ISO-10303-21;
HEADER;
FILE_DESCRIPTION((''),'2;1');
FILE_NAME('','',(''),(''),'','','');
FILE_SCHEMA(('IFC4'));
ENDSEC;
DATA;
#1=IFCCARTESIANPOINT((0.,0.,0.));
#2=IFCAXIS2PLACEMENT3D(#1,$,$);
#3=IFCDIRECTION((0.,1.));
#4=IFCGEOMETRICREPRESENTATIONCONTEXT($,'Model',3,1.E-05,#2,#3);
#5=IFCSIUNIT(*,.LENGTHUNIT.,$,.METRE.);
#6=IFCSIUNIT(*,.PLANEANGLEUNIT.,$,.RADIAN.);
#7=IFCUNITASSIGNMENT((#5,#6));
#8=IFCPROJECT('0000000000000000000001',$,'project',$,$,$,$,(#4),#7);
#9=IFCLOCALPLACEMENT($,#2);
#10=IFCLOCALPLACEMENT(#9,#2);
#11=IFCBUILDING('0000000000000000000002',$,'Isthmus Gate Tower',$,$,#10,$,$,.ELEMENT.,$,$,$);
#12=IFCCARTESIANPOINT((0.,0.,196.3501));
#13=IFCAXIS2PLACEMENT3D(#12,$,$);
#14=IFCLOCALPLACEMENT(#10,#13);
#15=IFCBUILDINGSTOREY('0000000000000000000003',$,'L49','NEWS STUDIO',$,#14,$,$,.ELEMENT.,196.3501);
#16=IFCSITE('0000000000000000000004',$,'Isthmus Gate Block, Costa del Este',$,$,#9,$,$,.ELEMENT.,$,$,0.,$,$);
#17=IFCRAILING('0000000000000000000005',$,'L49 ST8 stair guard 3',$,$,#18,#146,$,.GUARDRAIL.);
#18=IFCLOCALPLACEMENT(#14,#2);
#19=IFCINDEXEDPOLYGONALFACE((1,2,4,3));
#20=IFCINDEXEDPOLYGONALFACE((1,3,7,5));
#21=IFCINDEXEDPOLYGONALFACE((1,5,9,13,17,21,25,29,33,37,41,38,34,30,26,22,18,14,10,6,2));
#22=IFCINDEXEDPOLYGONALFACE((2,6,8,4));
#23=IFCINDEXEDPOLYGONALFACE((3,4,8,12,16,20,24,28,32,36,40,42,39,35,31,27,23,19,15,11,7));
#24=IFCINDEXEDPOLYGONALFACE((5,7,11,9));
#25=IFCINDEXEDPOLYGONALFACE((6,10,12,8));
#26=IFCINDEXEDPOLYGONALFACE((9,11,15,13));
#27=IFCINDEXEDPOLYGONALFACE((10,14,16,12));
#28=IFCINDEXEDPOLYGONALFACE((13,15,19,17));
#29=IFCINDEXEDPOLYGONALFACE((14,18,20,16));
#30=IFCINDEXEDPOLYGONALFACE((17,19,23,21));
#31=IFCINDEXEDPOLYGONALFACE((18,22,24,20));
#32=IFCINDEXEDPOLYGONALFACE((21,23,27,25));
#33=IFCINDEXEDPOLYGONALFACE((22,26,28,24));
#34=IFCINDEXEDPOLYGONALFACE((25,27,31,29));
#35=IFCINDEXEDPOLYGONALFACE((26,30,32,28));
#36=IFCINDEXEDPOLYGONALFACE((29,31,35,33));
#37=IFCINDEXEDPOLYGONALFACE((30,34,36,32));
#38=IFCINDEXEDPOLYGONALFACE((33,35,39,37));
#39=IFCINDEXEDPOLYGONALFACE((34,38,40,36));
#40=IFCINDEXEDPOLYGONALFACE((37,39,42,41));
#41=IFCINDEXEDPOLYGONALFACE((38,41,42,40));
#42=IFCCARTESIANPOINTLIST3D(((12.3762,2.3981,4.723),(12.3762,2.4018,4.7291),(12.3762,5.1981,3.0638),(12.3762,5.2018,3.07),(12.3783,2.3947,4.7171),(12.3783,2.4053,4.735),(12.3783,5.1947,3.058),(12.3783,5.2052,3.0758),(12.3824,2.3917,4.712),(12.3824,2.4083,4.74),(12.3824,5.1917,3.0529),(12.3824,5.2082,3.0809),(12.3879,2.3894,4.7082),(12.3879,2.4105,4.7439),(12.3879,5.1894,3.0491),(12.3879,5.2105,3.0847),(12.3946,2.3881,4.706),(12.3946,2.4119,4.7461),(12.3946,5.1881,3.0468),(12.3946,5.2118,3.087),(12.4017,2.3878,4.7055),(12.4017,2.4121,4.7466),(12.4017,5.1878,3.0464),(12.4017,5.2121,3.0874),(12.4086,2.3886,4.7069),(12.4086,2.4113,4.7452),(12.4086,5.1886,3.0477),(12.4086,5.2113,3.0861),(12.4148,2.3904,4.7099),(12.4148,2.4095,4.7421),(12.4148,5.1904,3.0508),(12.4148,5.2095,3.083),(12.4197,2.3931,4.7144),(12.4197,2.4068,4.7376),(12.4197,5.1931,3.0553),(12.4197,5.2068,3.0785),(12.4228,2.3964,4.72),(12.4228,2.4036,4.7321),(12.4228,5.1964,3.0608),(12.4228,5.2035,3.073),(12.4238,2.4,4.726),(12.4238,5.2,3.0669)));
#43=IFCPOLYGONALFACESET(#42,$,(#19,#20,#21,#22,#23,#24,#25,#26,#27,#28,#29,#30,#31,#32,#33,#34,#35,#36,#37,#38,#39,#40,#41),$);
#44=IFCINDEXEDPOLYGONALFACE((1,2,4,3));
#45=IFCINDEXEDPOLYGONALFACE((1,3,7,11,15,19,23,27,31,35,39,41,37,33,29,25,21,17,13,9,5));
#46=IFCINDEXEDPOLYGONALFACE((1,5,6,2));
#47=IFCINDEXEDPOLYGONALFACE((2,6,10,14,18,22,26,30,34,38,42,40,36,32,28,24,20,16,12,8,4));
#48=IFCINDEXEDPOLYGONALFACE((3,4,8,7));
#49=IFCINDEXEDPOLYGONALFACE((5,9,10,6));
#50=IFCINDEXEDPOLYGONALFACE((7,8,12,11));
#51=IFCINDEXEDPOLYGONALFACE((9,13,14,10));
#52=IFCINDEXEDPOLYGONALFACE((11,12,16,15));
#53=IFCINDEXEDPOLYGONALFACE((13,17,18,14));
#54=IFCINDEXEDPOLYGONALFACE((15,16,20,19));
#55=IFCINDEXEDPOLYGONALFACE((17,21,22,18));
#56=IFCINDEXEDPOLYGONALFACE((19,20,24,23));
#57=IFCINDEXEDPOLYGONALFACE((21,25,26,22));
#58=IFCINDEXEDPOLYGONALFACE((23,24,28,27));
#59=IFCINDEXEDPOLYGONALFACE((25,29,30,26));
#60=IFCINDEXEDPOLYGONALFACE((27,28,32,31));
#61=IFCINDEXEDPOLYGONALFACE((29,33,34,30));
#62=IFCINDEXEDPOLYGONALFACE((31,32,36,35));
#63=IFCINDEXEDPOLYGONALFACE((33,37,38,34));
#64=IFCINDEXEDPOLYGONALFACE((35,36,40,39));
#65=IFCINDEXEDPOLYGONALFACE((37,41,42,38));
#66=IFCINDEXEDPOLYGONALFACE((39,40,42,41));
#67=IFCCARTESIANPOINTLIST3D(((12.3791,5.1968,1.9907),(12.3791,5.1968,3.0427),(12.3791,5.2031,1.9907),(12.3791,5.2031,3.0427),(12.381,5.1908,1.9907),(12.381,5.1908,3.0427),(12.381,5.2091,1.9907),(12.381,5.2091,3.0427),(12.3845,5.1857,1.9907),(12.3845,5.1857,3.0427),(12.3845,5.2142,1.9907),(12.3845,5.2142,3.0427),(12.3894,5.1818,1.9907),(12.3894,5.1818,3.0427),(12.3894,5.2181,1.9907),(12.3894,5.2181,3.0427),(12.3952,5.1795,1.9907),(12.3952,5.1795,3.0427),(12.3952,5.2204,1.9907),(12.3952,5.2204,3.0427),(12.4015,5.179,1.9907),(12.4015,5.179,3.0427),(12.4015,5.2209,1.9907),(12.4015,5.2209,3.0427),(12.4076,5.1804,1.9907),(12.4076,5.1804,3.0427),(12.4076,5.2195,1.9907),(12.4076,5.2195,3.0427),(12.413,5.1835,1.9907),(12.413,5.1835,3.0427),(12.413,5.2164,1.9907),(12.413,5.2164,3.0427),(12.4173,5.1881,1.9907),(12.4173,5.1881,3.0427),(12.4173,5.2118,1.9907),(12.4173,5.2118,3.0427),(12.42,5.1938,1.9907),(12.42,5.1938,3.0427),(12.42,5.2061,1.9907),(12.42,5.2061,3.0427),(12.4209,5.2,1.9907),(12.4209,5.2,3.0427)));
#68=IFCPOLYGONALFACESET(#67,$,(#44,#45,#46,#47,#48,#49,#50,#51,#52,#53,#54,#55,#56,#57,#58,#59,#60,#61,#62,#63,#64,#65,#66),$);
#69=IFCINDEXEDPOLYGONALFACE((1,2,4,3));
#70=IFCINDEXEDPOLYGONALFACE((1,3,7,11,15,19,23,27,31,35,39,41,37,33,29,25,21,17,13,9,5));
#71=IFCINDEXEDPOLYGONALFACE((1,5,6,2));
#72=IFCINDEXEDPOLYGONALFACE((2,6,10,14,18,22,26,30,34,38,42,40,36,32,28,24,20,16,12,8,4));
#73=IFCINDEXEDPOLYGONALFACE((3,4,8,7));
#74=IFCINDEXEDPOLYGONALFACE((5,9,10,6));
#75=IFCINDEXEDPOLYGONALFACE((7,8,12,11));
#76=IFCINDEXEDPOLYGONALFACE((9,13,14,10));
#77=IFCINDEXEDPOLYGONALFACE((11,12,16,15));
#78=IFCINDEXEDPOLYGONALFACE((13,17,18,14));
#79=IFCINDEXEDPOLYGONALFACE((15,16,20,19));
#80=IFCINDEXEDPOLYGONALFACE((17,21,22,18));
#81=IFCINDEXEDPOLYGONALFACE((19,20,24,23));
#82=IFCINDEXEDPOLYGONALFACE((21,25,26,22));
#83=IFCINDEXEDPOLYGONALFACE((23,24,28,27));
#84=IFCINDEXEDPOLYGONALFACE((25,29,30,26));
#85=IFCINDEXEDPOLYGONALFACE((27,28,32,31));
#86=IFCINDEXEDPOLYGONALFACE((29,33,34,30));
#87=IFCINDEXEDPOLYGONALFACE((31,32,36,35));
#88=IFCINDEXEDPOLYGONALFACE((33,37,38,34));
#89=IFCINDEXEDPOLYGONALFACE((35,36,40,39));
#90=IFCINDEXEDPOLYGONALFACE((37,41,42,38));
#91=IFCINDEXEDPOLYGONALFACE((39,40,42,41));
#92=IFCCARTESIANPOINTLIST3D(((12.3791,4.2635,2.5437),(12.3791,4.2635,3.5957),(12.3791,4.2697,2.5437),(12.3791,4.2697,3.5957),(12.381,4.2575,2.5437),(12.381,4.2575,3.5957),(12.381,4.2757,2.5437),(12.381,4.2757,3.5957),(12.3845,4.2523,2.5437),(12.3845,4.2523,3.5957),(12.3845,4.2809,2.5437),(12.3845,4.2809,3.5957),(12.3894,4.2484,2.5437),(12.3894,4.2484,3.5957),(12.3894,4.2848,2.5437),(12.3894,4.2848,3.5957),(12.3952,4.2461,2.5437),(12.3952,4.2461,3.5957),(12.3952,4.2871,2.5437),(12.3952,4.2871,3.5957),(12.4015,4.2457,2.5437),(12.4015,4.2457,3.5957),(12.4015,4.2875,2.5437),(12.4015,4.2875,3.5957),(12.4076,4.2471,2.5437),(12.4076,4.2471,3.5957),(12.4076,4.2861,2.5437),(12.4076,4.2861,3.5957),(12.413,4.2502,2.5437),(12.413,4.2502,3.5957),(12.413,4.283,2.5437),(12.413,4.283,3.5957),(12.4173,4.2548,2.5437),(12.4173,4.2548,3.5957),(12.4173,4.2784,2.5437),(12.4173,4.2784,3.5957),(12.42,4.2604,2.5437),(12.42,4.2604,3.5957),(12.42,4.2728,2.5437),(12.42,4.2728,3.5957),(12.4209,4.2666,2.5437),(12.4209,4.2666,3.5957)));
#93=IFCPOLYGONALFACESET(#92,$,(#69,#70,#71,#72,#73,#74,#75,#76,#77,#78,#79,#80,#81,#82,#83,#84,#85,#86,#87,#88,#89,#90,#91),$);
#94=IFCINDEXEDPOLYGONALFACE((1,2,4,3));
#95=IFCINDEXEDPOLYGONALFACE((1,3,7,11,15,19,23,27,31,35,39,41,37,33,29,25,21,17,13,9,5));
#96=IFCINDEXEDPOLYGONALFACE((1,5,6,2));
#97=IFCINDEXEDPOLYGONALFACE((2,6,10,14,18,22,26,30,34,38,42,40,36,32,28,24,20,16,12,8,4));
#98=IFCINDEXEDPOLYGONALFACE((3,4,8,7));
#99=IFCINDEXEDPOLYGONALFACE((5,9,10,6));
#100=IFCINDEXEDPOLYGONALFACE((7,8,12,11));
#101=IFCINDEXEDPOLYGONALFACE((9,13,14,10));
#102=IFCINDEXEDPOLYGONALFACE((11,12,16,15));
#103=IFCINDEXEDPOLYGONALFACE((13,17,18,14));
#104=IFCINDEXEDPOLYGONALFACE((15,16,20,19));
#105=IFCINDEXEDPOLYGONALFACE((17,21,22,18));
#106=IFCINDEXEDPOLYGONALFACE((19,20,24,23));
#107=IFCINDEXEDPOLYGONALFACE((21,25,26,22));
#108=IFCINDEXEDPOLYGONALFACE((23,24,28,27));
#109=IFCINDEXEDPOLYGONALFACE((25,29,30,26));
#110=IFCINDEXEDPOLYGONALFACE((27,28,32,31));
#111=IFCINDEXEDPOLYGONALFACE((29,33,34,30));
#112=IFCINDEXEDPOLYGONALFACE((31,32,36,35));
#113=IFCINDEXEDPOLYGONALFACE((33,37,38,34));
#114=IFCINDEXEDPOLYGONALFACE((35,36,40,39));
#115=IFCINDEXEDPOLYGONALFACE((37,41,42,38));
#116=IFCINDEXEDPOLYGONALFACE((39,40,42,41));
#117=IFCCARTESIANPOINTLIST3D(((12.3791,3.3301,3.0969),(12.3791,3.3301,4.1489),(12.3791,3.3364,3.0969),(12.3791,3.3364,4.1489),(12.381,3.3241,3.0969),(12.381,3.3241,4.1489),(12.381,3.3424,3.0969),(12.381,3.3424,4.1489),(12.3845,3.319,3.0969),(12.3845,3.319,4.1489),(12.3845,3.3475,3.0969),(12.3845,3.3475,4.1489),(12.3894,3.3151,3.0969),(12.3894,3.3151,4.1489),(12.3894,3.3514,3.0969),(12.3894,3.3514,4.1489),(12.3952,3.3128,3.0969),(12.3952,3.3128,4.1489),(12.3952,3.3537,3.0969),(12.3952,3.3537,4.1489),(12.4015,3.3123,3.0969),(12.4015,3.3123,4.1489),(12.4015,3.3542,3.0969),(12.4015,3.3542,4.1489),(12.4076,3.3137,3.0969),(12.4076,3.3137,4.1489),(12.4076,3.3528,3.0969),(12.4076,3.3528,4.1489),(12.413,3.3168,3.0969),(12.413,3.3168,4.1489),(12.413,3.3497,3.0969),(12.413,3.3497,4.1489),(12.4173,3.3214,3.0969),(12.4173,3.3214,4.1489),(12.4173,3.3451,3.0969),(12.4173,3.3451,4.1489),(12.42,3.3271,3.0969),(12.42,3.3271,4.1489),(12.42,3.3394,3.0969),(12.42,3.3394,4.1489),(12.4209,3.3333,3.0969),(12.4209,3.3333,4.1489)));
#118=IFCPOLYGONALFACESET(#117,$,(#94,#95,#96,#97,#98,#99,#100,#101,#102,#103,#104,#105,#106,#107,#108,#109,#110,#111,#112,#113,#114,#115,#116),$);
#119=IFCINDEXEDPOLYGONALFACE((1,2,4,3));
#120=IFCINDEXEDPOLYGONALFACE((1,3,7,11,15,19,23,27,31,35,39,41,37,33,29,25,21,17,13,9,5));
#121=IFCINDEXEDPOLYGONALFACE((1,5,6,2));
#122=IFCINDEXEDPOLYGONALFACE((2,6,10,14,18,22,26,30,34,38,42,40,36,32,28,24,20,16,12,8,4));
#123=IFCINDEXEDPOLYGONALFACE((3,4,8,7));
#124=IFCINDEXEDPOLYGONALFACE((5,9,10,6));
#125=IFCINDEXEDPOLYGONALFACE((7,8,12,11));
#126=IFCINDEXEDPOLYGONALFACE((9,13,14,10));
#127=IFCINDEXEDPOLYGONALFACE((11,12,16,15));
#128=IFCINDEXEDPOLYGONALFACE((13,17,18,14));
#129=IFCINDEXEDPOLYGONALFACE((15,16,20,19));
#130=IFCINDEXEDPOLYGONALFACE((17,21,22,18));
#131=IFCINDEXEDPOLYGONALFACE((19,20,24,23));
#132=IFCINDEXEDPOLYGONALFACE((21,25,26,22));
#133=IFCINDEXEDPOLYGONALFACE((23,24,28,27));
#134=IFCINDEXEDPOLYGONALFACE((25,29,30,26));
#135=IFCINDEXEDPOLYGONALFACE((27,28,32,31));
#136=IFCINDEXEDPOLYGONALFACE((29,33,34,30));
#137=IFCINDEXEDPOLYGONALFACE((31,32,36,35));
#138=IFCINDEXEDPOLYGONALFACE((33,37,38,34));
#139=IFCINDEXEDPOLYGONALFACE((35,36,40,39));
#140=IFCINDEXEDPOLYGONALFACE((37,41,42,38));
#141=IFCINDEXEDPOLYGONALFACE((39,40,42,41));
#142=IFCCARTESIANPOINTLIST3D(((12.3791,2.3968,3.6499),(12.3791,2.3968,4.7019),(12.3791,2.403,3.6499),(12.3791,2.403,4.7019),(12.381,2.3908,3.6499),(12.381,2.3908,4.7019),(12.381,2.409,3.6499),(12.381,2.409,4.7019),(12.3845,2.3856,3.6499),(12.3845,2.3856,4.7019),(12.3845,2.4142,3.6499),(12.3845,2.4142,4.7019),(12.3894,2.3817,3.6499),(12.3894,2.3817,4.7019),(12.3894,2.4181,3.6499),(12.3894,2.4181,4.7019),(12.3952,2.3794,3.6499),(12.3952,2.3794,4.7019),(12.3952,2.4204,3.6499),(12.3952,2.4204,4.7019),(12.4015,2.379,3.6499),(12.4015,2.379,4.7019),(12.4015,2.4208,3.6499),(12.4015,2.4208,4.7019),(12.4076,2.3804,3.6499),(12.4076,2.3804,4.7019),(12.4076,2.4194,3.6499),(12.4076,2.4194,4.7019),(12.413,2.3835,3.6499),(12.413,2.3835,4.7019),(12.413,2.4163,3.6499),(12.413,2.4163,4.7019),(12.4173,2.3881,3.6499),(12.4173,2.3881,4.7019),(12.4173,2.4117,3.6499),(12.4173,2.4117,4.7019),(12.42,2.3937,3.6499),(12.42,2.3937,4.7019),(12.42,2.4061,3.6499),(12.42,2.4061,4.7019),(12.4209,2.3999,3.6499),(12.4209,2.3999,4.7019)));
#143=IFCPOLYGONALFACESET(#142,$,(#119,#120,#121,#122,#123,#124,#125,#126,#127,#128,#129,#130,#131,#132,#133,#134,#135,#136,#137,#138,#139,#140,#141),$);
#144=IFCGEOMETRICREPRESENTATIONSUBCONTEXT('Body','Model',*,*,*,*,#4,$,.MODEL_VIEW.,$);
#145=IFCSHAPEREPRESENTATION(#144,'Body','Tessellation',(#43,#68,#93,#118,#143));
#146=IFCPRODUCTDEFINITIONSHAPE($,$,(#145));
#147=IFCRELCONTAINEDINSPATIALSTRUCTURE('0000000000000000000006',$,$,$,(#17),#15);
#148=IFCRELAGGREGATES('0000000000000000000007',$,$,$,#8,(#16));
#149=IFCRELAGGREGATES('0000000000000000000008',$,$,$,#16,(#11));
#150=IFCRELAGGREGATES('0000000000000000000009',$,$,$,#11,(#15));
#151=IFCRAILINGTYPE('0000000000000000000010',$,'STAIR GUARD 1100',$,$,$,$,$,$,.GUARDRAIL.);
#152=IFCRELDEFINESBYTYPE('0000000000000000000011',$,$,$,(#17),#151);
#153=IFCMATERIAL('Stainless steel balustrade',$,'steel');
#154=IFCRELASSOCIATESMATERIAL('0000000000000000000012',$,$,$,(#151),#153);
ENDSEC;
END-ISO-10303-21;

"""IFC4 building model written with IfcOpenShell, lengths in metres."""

from ifc_helpers import new_model, si_unit, direction, frame, origin, origin_2d, place, context, subcontext, project, spatial, circle, extrude, material, type_object, element, save


model = new_model("IFC4")

# Units and contexts
model_context = context("Model", 3, precision=1e-05, world=origin(), true_north=direction((0.0, 1.0)))
body_context = subcontext(model_context, "Body", "Model", "MODEL_VIEW")
ifc_project = project(units=[si_unit("LENGTHUNIT", "METRE"), si_unit("PLANEANGLEUNIT", "RADIAN")], contexts=[model_context])

# Site, building, storey
site_placement = place(None, origin())
site = spatial("IfcSite", under=ifc_project, at=site_placement, Name="Isthmus Gate Block, Costa del Este", CompositionType="ELEMENT", RefElevation=0.0)
building_placement = place(site_placement, origin())
building = spatial("IfcBuilding", under=site, at=building_placement, Name="Isthmus Gate Tower", CompositionType="ELEMENT")
storey_placement = place(building_placement, frame((0.0, 0.0, 196.3501)))
storey = spatial("IfcBuildingStorey", under=building, at=storey_placement, Name="L49", Description="NEWS STUDIO", CompositionType="ELEMENT", Elevation=196.3501)

# Railing
ifc_material_1 = material(Name="Stainless steel balustrade", Category="steel")
railing_type_1 = type_object("IfcRailingType", Name="STAIR GUARD 1100", PredefinedType="GUARDRAIL", material=ifc_material_1)
railing_1_placement = place(storey_placement, frame((12.3999, 5.2, 1.9907)))
element("IfcRailing", 1, at=railing_1_placement, inside=storey, type_object=railing_type_1, Name="L49 ST8 stair guard 3", PredefinedType="GUARDRAIL", context=body_context, shape_type="SweptSolid", body=[
    extrude(circle(Radius=0.0239, at=origin_2d()), frame((0.0, 0.0, 1.0762), z_axis=(0.0, -0.860306, 0.509778), x_axis=(1.0, 0.0, 0.0)), (0.0, 0.0, 1.0), 3.2546),
    extrude(circle(Radius=0.021, at=origin_2d()), origin(), (0.0, 0.0, 1.0), 1.052),
    extrude(circle(Radius=0.021, at=origin_2d()), frame((0.0, -0.9333, 0.553)), (0.0, 0.0, 1.0), 1.052),
    extrude(circle(Radius=0.021, at=origin_2d()), frame((0.0, -1.8667, 1.1062)), (0.0, 0.0, 1.0), 1.052),
    extrude(circle(Radius=0.021, at=origin_2d()), frame((0.0, -2.8, 1.6592)), (0.0, 0.0, 1.0), 1.052),
])

save(model, "model.ifc")
